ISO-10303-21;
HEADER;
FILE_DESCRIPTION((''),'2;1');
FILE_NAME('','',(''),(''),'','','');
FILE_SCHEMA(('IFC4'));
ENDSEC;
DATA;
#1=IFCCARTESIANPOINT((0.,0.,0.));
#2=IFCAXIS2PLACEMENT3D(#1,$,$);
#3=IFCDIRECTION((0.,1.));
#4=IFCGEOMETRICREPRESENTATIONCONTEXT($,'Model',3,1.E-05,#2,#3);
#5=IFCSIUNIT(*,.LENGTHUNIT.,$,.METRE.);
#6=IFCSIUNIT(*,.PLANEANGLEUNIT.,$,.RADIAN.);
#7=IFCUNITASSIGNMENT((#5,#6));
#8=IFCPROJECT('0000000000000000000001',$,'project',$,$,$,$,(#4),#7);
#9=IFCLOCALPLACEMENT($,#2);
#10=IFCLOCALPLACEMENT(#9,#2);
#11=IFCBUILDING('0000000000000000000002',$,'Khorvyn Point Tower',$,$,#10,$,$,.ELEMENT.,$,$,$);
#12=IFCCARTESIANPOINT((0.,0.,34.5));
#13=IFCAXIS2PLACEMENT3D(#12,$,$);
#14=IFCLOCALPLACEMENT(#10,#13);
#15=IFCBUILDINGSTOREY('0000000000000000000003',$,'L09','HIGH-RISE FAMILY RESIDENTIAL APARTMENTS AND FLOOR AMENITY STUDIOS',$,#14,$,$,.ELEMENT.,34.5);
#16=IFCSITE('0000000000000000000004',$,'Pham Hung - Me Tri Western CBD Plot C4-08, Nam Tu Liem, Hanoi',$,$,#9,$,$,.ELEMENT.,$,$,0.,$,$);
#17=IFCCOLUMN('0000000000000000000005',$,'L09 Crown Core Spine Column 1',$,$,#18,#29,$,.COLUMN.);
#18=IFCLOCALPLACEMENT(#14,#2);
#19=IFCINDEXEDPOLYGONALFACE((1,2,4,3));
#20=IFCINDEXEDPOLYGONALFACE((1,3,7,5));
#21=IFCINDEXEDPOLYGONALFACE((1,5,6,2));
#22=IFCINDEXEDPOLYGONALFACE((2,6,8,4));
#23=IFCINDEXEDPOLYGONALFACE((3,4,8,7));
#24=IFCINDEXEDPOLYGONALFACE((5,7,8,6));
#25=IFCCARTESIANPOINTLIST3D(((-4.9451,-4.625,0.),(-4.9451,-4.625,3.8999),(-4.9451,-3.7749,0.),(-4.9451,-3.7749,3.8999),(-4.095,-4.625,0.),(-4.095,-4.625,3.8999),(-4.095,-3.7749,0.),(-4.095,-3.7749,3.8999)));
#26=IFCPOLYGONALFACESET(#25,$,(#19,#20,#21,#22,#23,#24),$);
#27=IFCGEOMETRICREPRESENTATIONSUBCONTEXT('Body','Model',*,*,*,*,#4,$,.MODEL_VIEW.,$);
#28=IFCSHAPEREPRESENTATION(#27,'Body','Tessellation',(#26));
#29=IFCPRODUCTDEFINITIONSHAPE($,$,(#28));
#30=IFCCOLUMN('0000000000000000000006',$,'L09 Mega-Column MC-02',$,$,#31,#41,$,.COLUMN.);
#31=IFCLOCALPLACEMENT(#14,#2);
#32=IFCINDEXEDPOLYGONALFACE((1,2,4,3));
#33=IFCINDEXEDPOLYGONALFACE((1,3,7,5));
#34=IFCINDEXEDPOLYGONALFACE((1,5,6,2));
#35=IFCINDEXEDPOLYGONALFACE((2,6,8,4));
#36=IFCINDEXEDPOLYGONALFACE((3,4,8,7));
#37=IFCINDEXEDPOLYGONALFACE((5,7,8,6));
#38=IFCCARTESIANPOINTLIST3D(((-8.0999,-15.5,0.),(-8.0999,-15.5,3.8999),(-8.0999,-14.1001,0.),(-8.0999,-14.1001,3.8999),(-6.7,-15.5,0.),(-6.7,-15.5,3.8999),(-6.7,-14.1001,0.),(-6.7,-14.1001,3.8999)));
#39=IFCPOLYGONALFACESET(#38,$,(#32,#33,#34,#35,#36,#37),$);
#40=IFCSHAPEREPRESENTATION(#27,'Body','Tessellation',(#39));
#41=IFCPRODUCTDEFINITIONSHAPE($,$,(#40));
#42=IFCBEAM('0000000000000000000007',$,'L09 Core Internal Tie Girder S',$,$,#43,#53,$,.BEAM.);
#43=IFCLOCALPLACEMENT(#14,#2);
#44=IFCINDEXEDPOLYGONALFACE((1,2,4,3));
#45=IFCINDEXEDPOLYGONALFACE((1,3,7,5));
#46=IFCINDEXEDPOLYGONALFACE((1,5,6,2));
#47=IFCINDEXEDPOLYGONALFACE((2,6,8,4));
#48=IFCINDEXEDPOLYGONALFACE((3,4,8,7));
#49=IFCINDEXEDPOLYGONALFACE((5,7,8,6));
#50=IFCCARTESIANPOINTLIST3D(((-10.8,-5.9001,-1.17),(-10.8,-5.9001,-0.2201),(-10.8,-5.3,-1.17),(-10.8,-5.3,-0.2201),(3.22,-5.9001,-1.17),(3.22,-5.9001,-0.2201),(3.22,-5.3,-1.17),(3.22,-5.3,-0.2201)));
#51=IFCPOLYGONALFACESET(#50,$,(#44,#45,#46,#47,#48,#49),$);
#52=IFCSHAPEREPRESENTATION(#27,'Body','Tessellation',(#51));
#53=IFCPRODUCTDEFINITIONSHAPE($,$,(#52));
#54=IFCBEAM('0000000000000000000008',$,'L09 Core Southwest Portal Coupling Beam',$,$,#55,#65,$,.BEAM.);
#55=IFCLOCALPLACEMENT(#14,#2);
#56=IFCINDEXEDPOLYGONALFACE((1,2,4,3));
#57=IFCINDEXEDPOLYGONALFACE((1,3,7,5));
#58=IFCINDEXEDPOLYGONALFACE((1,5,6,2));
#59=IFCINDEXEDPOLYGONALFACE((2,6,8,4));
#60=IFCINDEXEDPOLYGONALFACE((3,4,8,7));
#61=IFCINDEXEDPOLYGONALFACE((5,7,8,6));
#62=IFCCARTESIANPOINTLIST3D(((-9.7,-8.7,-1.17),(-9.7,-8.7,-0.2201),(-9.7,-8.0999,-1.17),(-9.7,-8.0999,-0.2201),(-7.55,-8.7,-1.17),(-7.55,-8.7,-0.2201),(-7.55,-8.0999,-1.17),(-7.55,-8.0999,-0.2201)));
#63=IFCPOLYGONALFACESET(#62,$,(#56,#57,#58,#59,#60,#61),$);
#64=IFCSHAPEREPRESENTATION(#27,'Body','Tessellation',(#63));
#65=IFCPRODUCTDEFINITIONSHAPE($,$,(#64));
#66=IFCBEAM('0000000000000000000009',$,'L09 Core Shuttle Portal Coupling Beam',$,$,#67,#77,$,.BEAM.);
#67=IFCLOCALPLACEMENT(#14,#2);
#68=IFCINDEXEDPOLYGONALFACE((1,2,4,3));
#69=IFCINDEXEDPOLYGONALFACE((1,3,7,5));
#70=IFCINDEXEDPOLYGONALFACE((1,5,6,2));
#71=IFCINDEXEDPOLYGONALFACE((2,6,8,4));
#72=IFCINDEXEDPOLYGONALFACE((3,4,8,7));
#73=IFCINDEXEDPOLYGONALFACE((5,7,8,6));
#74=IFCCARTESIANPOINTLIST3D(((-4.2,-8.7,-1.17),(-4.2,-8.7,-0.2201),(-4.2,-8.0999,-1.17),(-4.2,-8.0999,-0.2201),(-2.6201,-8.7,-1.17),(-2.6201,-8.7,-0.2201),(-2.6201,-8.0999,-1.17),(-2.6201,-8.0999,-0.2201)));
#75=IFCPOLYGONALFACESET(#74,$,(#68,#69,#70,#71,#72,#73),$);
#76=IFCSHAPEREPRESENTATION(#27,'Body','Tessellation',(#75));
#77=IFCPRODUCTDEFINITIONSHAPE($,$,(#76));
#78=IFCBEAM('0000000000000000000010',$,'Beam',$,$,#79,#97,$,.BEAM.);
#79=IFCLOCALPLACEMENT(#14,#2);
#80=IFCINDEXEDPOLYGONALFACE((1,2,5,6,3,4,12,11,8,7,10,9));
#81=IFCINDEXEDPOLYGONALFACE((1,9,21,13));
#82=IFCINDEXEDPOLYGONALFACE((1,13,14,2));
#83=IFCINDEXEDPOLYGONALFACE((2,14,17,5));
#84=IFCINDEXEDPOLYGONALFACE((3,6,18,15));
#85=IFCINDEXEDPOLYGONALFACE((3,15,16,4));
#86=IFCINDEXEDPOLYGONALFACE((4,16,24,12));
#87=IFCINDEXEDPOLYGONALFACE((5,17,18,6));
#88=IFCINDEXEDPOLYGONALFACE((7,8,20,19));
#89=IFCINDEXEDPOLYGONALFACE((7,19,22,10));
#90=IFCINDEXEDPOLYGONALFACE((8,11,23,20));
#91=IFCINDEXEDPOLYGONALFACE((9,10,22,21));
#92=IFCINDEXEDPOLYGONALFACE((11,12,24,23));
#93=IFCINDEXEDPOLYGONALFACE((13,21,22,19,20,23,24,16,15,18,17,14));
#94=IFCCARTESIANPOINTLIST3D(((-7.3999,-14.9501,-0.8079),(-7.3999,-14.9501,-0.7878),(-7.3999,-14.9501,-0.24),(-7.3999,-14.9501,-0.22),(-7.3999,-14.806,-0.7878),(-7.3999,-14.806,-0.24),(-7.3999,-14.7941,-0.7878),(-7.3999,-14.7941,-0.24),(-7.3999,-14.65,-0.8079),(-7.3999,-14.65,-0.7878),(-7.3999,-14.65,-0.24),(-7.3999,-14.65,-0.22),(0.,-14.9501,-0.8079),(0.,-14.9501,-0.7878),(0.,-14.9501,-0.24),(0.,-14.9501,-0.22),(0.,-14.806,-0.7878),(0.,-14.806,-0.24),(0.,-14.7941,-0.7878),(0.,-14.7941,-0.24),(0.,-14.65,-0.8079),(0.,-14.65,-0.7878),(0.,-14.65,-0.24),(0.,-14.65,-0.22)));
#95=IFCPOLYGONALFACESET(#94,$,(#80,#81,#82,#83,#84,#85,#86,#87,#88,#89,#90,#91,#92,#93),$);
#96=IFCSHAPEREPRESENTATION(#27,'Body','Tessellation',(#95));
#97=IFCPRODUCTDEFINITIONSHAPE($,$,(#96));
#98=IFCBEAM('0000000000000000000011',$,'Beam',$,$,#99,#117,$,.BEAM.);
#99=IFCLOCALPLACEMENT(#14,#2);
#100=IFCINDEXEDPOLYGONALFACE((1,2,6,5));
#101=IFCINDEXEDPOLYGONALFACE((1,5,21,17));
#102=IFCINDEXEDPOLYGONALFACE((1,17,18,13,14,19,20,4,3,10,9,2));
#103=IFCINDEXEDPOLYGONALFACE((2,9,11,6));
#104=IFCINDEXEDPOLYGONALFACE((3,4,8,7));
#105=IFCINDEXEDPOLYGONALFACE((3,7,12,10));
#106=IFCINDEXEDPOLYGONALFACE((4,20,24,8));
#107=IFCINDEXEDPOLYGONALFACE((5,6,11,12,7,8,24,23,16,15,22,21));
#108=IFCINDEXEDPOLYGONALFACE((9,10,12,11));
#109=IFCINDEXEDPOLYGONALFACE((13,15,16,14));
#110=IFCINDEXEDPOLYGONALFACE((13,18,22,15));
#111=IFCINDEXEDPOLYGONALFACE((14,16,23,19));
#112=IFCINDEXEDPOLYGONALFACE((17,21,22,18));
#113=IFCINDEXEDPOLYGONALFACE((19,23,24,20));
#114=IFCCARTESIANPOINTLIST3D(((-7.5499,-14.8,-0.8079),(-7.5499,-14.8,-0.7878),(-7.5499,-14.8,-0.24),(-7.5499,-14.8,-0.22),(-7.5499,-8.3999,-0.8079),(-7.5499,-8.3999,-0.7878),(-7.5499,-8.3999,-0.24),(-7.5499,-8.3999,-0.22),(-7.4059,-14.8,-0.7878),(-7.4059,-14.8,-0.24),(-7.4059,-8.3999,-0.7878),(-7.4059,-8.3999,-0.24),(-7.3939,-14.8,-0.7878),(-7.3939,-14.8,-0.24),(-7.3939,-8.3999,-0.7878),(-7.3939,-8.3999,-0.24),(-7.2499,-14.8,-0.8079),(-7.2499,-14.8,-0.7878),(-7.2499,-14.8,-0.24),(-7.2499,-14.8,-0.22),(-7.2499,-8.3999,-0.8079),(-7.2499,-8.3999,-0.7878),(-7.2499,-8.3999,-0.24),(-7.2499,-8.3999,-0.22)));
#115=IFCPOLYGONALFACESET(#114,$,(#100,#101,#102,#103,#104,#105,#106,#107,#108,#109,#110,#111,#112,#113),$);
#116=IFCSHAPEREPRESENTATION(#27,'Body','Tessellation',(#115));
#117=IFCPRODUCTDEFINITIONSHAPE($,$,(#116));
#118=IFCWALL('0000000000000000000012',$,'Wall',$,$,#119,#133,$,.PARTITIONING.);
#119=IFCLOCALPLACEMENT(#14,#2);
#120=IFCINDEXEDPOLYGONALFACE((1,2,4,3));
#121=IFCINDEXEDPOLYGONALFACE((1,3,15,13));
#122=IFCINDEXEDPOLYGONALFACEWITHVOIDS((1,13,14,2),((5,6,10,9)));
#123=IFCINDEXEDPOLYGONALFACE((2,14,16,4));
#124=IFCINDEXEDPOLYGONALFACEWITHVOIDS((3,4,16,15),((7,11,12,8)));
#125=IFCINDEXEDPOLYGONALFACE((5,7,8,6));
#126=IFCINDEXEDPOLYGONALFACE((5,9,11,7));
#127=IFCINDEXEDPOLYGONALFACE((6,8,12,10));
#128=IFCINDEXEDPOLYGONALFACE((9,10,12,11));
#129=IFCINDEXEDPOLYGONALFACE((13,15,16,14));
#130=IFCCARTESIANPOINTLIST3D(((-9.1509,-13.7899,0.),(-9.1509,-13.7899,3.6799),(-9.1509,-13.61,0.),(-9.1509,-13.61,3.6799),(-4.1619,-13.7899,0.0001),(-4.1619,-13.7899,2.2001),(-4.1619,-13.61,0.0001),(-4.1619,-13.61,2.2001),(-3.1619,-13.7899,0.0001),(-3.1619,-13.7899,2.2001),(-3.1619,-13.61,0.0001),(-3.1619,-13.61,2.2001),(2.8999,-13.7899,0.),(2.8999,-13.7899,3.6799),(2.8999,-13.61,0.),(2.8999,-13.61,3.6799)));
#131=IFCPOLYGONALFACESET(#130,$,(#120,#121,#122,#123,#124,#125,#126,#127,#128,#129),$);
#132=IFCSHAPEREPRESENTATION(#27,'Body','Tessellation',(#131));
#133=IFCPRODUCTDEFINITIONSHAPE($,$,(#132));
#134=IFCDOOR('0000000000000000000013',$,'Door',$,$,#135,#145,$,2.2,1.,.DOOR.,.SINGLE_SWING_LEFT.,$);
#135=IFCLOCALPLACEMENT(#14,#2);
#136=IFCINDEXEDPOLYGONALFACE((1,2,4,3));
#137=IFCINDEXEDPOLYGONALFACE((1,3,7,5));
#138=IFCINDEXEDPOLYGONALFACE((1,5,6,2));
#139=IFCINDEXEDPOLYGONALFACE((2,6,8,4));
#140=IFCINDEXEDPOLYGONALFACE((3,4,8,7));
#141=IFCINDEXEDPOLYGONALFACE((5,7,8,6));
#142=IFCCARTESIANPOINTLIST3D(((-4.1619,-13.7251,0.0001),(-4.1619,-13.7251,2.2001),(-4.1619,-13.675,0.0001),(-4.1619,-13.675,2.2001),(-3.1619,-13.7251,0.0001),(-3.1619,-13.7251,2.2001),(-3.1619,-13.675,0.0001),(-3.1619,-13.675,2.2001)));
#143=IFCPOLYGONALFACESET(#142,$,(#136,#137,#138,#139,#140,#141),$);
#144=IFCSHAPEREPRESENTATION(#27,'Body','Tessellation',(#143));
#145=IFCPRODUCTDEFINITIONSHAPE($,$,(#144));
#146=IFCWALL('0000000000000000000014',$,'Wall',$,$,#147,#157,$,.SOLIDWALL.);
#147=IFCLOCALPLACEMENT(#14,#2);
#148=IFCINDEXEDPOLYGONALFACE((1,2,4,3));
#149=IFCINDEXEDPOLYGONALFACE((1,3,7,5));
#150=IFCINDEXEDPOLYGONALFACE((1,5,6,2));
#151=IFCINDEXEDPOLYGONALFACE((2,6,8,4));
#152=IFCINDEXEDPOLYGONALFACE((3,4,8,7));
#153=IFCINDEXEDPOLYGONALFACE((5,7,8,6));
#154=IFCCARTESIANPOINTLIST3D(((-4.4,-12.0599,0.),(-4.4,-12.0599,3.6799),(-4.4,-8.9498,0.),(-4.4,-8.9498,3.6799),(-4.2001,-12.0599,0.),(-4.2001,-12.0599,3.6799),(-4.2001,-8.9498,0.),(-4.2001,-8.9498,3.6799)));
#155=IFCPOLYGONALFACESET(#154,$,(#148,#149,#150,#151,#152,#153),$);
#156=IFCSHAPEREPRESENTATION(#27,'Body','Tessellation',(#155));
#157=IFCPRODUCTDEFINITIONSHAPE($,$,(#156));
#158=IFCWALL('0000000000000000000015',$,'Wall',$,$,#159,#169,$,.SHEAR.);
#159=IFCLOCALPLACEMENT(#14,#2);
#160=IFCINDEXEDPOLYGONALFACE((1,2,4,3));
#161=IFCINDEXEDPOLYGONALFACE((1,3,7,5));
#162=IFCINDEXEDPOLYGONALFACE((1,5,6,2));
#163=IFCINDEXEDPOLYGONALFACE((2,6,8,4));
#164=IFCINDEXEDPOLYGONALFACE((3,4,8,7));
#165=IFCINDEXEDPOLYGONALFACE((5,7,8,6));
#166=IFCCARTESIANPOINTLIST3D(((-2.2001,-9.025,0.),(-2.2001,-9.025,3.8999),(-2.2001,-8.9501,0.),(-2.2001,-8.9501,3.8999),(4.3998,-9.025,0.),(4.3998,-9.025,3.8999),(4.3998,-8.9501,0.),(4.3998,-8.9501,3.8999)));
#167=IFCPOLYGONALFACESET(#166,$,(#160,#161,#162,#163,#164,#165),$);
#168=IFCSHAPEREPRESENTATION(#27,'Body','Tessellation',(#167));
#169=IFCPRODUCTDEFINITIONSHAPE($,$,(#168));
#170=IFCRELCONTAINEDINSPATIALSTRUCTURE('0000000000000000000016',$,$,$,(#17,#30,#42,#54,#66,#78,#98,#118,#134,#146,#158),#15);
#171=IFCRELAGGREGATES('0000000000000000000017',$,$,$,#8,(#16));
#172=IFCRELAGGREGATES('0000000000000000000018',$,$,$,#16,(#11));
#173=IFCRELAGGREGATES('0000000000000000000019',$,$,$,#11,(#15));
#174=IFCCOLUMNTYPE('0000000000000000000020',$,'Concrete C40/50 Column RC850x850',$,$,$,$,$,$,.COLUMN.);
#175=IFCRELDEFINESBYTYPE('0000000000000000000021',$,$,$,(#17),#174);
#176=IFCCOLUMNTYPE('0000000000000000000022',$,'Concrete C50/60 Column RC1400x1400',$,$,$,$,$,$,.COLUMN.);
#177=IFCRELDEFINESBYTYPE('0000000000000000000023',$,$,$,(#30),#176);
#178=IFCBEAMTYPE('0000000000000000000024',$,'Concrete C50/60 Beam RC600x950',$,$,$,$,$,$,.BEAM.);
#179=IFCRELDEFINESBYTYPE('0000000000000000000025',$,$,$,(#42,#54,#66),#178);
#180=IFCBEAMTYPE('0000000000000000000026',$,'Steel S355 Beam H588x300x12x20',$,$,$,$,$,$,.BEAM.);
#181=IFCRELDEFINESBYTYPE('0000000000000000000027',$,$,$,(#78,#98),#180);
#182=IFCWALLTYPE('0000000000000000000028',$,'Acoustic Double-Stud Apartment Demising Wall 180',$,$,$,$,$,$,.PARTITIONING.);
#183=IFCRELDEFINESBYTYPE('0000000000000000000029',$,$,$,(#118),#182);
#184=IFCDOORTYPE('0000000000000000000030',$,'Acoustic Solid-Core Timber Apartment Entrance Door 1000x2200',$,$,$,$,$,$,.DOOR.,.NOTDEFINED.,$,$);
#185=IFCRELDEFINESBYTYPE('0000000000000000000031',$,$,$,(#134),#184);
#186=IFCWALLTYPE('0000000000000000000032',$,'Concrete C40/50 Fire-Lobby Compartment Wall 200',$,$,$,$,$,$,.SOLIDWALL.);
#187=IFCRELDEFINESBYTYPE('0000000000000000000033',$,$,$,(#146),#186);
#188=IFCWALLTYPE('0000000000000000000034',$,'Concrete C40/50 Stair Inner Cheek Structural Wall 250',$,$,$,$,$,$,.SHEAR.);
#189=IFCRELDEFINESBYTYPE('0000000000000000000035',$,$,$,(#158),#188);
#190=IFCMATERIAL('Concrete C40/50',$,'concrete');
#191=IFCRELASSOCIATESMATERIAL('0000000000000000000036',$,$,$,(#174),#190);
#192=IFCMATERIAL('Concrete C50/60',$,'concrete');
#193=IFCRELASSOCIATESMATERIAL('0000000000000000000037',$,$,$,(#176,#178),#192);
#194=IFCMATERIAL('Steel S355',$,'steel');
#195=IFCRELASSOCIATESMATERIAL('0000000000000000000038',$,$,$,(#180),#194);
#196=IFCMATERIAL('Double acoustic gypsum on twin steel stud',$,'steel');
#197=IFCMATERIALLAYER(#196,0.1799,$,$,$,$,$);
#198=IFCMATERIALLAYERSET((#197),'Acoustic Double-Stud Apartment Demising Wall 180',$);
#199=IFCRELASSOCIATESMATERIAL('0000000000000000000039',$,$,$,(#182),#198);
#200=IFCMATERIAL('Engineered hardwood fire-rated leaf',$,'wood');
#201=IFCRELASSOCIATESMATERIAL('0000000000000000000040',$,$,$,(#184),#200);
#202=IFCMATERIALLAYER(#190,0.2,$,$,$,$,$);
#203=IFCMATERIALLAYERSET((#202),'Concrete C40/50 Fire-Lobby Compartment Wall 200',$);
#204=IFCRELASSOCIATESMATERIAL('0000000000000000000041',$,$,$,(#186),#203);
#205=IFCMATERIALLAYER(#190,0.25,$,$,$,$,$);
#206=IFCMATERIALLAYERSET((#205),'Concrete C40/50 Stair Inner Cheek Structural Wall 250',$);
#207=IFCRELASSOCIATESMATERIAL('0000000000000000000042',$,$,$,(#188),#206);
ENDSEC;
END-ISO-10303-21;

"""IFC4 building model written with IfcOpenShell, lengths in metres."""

from ifc_helpers import new_model, si_unit, direction, frame, frame_2d, origin, origin_2d, place, context, subcontext, project, spatial, rectangle, i_section, extrude, material, layer, layer_set, material_profile, profile_set, type_object, element, fill, save


model = new_model("IFC4")

# Units and contexts
model_context = context("Model", 3, precision=1e-05, world=origin(), true_north=direction((0.0, 1.0)))
body_context = subcontext(model_context, "Body", "Model", "MODEL_VIEW")
ifc_project = project(units=[si_unit("LENGTHUNIT", "METRE"), si_unit("PLANEANGLEUNIT", "RADIAN")], contexts=[model_context])

# Site, building, storey
site_placement = place(None, origin())
site = spatial("IfcSite", under=ifc_project, at=site_placement, Name="Pham Hung - Me Tri Western CBD Plot C4-08, Nam Tu Liem, Hanoi", CompositionType="ELEMENT", RefElevation=0.0)
building_placement = place(site_placement, origin())
building = spatial("IfcBuilding", under=site, at=building_placement, Name="Khorvyn Point Tower", CompositionType="ELEMENT")
storey_placement = place(building_placement, frame((0.0, 0.0, 34.5)))
storey = spatial("IfcBuildingStorey", under=building, at=storey_placement, Name="L09", Description="HIGH-RISE FAMILY RESIDENTIAL APARTMENTS AND FLOOR AMENITY STUDIOS", CompositionType="ELEMENT", Elevation=34.5)

# Columns
ifc_material_1 = material(Name="Concrete C40/50", Category="concrete")
ifc_material_profile_1 = material_profile(ifc_material_1, rectangle(XDim=0.8501, YDim=0.8501, at=origin_2d()))
ifc_profile_set_1 = profile_set([ifc_material_profile_1], Name="Concrete C40/50 RC850x850")
column_type_1 = type_object("IfcColumnType", Name="Concrete C40/50 Column RC850x850", PredefinedType="COLUMN", material=ifc_profile_set_1)
column_1_placement = place(storey_placement, frame((-4.52, -4.2, 0.0), z_axis=(0.0, 0.0, 1.0), x_axis=(1.0, 0.0, 0.0)))
element("IfcColumn", 1, at=column_1_placement, inside=storey, type_object=column_type_1, Name="L09 Crown Core Spine Column 1", PredefinedType="COLUMN", context=body_context, shape_type="SweptSolid", body=[
    extrude(rectangle(XDim=0.8501, YDim=0.8501, at=origin_2d()), origin(), (0.0, 0.0, 1.0), 3.8999),
])
ifc_material_2 = material(Name="Concrete C50/60", Category="concrete")
ifc_material_profile_2 = material_profile(ifc_material_2, rectangle(XDim=1.3999, YDim=1.3999, at=origin_2d()))
ifc_profile_set_2 = profile_set([ifc_material_profile_2], Name="Concrete C50/60 RC1400x1400")
column_type_2 = type_object("IfcColumnType", Name="Concrete C50/60 Column RC1400x1400", PredefinedType="COLUMN", material=ifc_profile_set_2)
column_2_placement = place(storey_placement, frame((-7.3999, -14.8, 0.0), z_axis=(0.0, 0.0, 1.0), x_axis=(1.0, 0.0, 0.0)))
element("IfcColumn", 2, at=column_2_placement, inside=storey, type_object=column_type_2, Name="L09 Mega-Column MC-02", PredefinedType="COLUMN", context=body_context, shape_type="SweptSolid", body=[
    extrude(rectangle(XDim=1.3999, YDim=1.3999, at=origin_2d()), origin(), (0.0, 0.0, 1.0), 3.8999),
])

# Beams
ifc_material_profile_3 = material_profile(ifc_material_2, rectangle(XDim=0.6001, YDim=0.95, at=origin_2d()))
ifc_profile_set_3 = profile_set([ifc_material_profile_3], Name="Concrete C50/60 RC600x950")
beam_type_1 = type_object("IfcBeamType", Name="Concrete C50/60 Beam RC600x950", PredefinedType="BEAM", material=ifc_profile_set_3)
beam_1_placement = place(storey_placement, frame((-10.8, -5.6001, -0.6951), z_axis=(1.0, 0.0, 0.0), x_axis=(0.0, 1.0, 0.0)))
element("IfcBeam", 3, at=beam_1_placement, inside=storey, type_object=beam_type_1, Name="L09 Core Internal Tie Girder S", PredefinedType="BEAM", context=body_context, shape_type="SweptSolid", body=[
    extrude(rectangle(XDim=0.6001, YDim=0.95, at=origin_2d()), origin(), (0.0, 0.0, 1.0), 14.02),
])
beam_2_placement = place(storey_placement, frame((-9.7, -8.3999, -0.6951), z_axis=(1.0, 0.0, 0.0), x_axis=(0.0, 1.0, 0.0)))
element("IfcBeam", 4, at=beam_2_placement, inside=storey, type_object=beam_type_1, Name="L09 Core Southwest Portal Coupling Beam", PredefinedType="BEAM", context=body_context, shape_type="SweptSolid", body=[
    extrude(rectangle(XDim=0.6001, YDim=0.95, at=origin_2d()), origin(), (0.0, 0.0, 1.0), 2.1499),
])
beam_3_placement = place(storey_placement, frame((-4.2, -8.3999, -0.6951), z_axis=(1.0, 0.0, 0.0), x_axis=(0.0, 1.0, 0.0)))
element("IfcBeam", 5, at=beam_3_placement, inside=storey, type_object=beam_type_1, Name="L09 Core Shuttle Portal Coupling Beam", PredefinedType="BEAM", context=body_context, shape_type="SweptSolid", body=[
    extrude(rectangle(XDim=0.6001, YDim=0.95, at=origin_2d()), origin(), (0.0, 0.0, 1.0), 1.5798),
])
ifc_material_3 = material(Name="Steel S355", Category="steel")
ifc_material_profile_4 = material_profile(ifc_material_3, i_section(OverallWidth=0.3, OverallDepth=0.5879, WebThickness=0.012, FlangeThickness=0.02, at=origin_2d()))
ifc_profile_set_4 = profile_set([ifc_material_profile_4], Name="Steel S355 H588x300x12x20")
beam_type_2 = type_object("IfcBeamType", Name="Steel S355 Beam H588x300x12x20", PredefinedType="BEAM", material=ifc_profile_set_4)
beam_4_placement = place(storey_placement, frame((-7.3999, -14.8, -0.5139), z_axis=(1.0, 0.0, 0.0), x_axis=(0.0, 1.0, 0.0)))
element("IfcBeam", 6, at=beam_4_placement, inside=storey, type_object=beam_type_2, Name="Beam", PredefinedType="BEAM", context=body_context, shape_type="SweptSolid", body=[
    extrude(i_section(OverallWidth=0.3, OverallDepth=0.5879, WebThickness=0.012, FlangeThickness=0.02, at=origin_2d()), origin(), (0.0, 0.0, 1.0), 7.3999),
])
beam_5_placement = place(storey_placement, frame((-7.3999, -14.8, -0.5139), z_axis=(0.0, 1.0, 0.0), x_axis=(-1.0, 0.0, 0.0)))
element("IfcBeam", 7, at=beam_5_placement, inside=storey, type_object=beam_type_2, Name="Beam", PredefinedType="BEAM", context=body_context, shape_type="SweptSolid", body=[
    extrude(i_section(OverallWidth=0.3, OverallDepth=0.5879, WebThickness=0.012, FlangeThickness=0.02, at=origin_2d()), origin(), (0.0, 0.0, 1.0), 6.4001),
])

# Wall, opening, door
ifc_material_4 = material(Name="Double acoustic gypsum on twin steel stud", Category="steel")
ifc_layer_1 = layer(ifc_material_4, 0.1799)
ifc_layer_set_1 = layer_set([ifc_layer_1], Name="Acoustic Double-Stud Apartment Demising Wall 180")
wall_type_1 = type_object("IfcWallType", Name="Acoustic Double-Stud Apartment Demising Wall 180", PredefinedType="PARTITIONING", material=ifc_layer_set_1)
wall_1_placement = place(storey_placement, frame((-9.1509, -13.7, 0.0), z_axis=(0.0, 0.0, 1.0), x_axis=(1.0, 0.0, 0.0)))
wall_1 = element("IfcWall", 8, at=wall_1_placement, inside=storey, type_object=wall_type_1, Name="Wall", PredefinedType="PARTITIONING", context=body_context, shape_type="SweptSolid", body=[
    extrude(rectangle(XDim=12.0508, YDim=0.1799, at=frame_2d((6.0254, 0.0))), origin(), (0.0, 0.0, 1.0), 3.6799),
])
opening_1_placement = place(wall_1_placement, frame((4.989, 0.0, 0.0)))
opening_1 = element("IfcOpeningElement", 9, at=opening_1_placement, cuts=wall_1, PredefinedType="OPENING", context=body_context, shape_type="SweptSolid", body=[
    extrude(rectangle(XDim=1.0, YDim=2.2, at=frame_2d((0.5, 1.1001))), frame((0.0, 0.0999, 0.0), z_axis=(0.0, -1.0, 0.0), x_axis=(1.0, 0.0, 0.0)), (0.0, 0.0, 1.0), 0.2),
])
ifc_material_5 = material(Name="Engineered hardwood fire-rated leaf", Category="wood")
door_type_1 = type_object("IfcDoorType", Name="Acoustic Solid-Core Timber Apartment Entrance Door 1000x2200", OperationType="NOTDEFINED", PredefinedType="DOOR", material=ifc_material_5)
door_1_placement = place(opening_1_placement, origin())
door_1 = element("IfcDoor", 10, at=door_1_placement, inside=storey, type_object=door_type_1, Name="Door", OperationType="SINGLE_SWING_LEFT", OverallHeight=2.2, OverallWidth=1.0, PredefinedType="DOOR", context=body_context, shape_type="SweptSolid", body=[
    extrude(rectangle(XDim=1.0, YDim=2.2, at=frame_2d((0.5, 1.1001))), frame((0.0, 0.0249, 0.0), z_axis=(0.0, -1.0, 0.0), x_axis=(1.0, 0.0, 0.0)), (0.0, 0.0, 1.0), 0.05),
])
fill(opening_1, door_1)
ifc_layer_2 = layer(ifc_material_1, 0.2)
ifc_layer_set_2 = layer_set([ifc_layer_2], Name="Concrete C40/50 Fire-Lobby Compartment Wall 200")
wall_type_2 = type_object("IfcWallType", Name="Concrete C40/50 Fire-Lobby Compartment Wall 200", PredefinedType="SOLIDWALL", material=ifc_layer_set_2)

# Walls
wall_2_placement = place(storey_placement, frame((-4.3, -12.0601, 0.0), z_axis=(0.0, 0.0, 1.0), x_axis=(0.0, 1.0, 0.0)))
element("IfcWall", 11, at=wall_2_placement, inside=storey, type_object=wall_type_2, Name="Wall", PredefinedType="SOLIDWALL", context=body_context, shape_type="SweptSolid", body=[
    extrude(rectangle(XDim=3.1101, YDim=0.2, at=frame_2d((1.5552, 0.0))), origin(), (0.0, 0.0, 1.0), 3.6799),
])
ifc_layer_3 = layer(ifc_material_1, 0.25)
ifc_layer_set_3 = layer_set([ifc_layer_3], Name="Concrete C40/50 Stair Inner Cheek Structural Wall 250")
wall_type_3 = type_object("IfcWallType", Name="Concrete C40/50 Stair Inner Cheek Structural Wall 250", PredefinedType="SHEAR", material=ifc_layer_set_3)
wall_3_placement = place(storey_placement, frame((-2.2, -8.9875, 0.0), z_axis=(0.0, 0.0, 1.0), x_axis=(1.0, 0.0, 0.0)))
element("IfcWall", 12, at=wall_3_placement, inside=storey, type_object=wall_type_3, Name="Wall", PredefinedType="SHEAR", context=body_context, shape_type="SweptSolid", body=[
    extrude(rectangle(XDim=6.5999, YDim=0.075, at=frame_2d((3.2998, 0.0))), origin(), (0.0, 0.0, 1.0), 3.8999),
])

save(model, "model.ifc")
